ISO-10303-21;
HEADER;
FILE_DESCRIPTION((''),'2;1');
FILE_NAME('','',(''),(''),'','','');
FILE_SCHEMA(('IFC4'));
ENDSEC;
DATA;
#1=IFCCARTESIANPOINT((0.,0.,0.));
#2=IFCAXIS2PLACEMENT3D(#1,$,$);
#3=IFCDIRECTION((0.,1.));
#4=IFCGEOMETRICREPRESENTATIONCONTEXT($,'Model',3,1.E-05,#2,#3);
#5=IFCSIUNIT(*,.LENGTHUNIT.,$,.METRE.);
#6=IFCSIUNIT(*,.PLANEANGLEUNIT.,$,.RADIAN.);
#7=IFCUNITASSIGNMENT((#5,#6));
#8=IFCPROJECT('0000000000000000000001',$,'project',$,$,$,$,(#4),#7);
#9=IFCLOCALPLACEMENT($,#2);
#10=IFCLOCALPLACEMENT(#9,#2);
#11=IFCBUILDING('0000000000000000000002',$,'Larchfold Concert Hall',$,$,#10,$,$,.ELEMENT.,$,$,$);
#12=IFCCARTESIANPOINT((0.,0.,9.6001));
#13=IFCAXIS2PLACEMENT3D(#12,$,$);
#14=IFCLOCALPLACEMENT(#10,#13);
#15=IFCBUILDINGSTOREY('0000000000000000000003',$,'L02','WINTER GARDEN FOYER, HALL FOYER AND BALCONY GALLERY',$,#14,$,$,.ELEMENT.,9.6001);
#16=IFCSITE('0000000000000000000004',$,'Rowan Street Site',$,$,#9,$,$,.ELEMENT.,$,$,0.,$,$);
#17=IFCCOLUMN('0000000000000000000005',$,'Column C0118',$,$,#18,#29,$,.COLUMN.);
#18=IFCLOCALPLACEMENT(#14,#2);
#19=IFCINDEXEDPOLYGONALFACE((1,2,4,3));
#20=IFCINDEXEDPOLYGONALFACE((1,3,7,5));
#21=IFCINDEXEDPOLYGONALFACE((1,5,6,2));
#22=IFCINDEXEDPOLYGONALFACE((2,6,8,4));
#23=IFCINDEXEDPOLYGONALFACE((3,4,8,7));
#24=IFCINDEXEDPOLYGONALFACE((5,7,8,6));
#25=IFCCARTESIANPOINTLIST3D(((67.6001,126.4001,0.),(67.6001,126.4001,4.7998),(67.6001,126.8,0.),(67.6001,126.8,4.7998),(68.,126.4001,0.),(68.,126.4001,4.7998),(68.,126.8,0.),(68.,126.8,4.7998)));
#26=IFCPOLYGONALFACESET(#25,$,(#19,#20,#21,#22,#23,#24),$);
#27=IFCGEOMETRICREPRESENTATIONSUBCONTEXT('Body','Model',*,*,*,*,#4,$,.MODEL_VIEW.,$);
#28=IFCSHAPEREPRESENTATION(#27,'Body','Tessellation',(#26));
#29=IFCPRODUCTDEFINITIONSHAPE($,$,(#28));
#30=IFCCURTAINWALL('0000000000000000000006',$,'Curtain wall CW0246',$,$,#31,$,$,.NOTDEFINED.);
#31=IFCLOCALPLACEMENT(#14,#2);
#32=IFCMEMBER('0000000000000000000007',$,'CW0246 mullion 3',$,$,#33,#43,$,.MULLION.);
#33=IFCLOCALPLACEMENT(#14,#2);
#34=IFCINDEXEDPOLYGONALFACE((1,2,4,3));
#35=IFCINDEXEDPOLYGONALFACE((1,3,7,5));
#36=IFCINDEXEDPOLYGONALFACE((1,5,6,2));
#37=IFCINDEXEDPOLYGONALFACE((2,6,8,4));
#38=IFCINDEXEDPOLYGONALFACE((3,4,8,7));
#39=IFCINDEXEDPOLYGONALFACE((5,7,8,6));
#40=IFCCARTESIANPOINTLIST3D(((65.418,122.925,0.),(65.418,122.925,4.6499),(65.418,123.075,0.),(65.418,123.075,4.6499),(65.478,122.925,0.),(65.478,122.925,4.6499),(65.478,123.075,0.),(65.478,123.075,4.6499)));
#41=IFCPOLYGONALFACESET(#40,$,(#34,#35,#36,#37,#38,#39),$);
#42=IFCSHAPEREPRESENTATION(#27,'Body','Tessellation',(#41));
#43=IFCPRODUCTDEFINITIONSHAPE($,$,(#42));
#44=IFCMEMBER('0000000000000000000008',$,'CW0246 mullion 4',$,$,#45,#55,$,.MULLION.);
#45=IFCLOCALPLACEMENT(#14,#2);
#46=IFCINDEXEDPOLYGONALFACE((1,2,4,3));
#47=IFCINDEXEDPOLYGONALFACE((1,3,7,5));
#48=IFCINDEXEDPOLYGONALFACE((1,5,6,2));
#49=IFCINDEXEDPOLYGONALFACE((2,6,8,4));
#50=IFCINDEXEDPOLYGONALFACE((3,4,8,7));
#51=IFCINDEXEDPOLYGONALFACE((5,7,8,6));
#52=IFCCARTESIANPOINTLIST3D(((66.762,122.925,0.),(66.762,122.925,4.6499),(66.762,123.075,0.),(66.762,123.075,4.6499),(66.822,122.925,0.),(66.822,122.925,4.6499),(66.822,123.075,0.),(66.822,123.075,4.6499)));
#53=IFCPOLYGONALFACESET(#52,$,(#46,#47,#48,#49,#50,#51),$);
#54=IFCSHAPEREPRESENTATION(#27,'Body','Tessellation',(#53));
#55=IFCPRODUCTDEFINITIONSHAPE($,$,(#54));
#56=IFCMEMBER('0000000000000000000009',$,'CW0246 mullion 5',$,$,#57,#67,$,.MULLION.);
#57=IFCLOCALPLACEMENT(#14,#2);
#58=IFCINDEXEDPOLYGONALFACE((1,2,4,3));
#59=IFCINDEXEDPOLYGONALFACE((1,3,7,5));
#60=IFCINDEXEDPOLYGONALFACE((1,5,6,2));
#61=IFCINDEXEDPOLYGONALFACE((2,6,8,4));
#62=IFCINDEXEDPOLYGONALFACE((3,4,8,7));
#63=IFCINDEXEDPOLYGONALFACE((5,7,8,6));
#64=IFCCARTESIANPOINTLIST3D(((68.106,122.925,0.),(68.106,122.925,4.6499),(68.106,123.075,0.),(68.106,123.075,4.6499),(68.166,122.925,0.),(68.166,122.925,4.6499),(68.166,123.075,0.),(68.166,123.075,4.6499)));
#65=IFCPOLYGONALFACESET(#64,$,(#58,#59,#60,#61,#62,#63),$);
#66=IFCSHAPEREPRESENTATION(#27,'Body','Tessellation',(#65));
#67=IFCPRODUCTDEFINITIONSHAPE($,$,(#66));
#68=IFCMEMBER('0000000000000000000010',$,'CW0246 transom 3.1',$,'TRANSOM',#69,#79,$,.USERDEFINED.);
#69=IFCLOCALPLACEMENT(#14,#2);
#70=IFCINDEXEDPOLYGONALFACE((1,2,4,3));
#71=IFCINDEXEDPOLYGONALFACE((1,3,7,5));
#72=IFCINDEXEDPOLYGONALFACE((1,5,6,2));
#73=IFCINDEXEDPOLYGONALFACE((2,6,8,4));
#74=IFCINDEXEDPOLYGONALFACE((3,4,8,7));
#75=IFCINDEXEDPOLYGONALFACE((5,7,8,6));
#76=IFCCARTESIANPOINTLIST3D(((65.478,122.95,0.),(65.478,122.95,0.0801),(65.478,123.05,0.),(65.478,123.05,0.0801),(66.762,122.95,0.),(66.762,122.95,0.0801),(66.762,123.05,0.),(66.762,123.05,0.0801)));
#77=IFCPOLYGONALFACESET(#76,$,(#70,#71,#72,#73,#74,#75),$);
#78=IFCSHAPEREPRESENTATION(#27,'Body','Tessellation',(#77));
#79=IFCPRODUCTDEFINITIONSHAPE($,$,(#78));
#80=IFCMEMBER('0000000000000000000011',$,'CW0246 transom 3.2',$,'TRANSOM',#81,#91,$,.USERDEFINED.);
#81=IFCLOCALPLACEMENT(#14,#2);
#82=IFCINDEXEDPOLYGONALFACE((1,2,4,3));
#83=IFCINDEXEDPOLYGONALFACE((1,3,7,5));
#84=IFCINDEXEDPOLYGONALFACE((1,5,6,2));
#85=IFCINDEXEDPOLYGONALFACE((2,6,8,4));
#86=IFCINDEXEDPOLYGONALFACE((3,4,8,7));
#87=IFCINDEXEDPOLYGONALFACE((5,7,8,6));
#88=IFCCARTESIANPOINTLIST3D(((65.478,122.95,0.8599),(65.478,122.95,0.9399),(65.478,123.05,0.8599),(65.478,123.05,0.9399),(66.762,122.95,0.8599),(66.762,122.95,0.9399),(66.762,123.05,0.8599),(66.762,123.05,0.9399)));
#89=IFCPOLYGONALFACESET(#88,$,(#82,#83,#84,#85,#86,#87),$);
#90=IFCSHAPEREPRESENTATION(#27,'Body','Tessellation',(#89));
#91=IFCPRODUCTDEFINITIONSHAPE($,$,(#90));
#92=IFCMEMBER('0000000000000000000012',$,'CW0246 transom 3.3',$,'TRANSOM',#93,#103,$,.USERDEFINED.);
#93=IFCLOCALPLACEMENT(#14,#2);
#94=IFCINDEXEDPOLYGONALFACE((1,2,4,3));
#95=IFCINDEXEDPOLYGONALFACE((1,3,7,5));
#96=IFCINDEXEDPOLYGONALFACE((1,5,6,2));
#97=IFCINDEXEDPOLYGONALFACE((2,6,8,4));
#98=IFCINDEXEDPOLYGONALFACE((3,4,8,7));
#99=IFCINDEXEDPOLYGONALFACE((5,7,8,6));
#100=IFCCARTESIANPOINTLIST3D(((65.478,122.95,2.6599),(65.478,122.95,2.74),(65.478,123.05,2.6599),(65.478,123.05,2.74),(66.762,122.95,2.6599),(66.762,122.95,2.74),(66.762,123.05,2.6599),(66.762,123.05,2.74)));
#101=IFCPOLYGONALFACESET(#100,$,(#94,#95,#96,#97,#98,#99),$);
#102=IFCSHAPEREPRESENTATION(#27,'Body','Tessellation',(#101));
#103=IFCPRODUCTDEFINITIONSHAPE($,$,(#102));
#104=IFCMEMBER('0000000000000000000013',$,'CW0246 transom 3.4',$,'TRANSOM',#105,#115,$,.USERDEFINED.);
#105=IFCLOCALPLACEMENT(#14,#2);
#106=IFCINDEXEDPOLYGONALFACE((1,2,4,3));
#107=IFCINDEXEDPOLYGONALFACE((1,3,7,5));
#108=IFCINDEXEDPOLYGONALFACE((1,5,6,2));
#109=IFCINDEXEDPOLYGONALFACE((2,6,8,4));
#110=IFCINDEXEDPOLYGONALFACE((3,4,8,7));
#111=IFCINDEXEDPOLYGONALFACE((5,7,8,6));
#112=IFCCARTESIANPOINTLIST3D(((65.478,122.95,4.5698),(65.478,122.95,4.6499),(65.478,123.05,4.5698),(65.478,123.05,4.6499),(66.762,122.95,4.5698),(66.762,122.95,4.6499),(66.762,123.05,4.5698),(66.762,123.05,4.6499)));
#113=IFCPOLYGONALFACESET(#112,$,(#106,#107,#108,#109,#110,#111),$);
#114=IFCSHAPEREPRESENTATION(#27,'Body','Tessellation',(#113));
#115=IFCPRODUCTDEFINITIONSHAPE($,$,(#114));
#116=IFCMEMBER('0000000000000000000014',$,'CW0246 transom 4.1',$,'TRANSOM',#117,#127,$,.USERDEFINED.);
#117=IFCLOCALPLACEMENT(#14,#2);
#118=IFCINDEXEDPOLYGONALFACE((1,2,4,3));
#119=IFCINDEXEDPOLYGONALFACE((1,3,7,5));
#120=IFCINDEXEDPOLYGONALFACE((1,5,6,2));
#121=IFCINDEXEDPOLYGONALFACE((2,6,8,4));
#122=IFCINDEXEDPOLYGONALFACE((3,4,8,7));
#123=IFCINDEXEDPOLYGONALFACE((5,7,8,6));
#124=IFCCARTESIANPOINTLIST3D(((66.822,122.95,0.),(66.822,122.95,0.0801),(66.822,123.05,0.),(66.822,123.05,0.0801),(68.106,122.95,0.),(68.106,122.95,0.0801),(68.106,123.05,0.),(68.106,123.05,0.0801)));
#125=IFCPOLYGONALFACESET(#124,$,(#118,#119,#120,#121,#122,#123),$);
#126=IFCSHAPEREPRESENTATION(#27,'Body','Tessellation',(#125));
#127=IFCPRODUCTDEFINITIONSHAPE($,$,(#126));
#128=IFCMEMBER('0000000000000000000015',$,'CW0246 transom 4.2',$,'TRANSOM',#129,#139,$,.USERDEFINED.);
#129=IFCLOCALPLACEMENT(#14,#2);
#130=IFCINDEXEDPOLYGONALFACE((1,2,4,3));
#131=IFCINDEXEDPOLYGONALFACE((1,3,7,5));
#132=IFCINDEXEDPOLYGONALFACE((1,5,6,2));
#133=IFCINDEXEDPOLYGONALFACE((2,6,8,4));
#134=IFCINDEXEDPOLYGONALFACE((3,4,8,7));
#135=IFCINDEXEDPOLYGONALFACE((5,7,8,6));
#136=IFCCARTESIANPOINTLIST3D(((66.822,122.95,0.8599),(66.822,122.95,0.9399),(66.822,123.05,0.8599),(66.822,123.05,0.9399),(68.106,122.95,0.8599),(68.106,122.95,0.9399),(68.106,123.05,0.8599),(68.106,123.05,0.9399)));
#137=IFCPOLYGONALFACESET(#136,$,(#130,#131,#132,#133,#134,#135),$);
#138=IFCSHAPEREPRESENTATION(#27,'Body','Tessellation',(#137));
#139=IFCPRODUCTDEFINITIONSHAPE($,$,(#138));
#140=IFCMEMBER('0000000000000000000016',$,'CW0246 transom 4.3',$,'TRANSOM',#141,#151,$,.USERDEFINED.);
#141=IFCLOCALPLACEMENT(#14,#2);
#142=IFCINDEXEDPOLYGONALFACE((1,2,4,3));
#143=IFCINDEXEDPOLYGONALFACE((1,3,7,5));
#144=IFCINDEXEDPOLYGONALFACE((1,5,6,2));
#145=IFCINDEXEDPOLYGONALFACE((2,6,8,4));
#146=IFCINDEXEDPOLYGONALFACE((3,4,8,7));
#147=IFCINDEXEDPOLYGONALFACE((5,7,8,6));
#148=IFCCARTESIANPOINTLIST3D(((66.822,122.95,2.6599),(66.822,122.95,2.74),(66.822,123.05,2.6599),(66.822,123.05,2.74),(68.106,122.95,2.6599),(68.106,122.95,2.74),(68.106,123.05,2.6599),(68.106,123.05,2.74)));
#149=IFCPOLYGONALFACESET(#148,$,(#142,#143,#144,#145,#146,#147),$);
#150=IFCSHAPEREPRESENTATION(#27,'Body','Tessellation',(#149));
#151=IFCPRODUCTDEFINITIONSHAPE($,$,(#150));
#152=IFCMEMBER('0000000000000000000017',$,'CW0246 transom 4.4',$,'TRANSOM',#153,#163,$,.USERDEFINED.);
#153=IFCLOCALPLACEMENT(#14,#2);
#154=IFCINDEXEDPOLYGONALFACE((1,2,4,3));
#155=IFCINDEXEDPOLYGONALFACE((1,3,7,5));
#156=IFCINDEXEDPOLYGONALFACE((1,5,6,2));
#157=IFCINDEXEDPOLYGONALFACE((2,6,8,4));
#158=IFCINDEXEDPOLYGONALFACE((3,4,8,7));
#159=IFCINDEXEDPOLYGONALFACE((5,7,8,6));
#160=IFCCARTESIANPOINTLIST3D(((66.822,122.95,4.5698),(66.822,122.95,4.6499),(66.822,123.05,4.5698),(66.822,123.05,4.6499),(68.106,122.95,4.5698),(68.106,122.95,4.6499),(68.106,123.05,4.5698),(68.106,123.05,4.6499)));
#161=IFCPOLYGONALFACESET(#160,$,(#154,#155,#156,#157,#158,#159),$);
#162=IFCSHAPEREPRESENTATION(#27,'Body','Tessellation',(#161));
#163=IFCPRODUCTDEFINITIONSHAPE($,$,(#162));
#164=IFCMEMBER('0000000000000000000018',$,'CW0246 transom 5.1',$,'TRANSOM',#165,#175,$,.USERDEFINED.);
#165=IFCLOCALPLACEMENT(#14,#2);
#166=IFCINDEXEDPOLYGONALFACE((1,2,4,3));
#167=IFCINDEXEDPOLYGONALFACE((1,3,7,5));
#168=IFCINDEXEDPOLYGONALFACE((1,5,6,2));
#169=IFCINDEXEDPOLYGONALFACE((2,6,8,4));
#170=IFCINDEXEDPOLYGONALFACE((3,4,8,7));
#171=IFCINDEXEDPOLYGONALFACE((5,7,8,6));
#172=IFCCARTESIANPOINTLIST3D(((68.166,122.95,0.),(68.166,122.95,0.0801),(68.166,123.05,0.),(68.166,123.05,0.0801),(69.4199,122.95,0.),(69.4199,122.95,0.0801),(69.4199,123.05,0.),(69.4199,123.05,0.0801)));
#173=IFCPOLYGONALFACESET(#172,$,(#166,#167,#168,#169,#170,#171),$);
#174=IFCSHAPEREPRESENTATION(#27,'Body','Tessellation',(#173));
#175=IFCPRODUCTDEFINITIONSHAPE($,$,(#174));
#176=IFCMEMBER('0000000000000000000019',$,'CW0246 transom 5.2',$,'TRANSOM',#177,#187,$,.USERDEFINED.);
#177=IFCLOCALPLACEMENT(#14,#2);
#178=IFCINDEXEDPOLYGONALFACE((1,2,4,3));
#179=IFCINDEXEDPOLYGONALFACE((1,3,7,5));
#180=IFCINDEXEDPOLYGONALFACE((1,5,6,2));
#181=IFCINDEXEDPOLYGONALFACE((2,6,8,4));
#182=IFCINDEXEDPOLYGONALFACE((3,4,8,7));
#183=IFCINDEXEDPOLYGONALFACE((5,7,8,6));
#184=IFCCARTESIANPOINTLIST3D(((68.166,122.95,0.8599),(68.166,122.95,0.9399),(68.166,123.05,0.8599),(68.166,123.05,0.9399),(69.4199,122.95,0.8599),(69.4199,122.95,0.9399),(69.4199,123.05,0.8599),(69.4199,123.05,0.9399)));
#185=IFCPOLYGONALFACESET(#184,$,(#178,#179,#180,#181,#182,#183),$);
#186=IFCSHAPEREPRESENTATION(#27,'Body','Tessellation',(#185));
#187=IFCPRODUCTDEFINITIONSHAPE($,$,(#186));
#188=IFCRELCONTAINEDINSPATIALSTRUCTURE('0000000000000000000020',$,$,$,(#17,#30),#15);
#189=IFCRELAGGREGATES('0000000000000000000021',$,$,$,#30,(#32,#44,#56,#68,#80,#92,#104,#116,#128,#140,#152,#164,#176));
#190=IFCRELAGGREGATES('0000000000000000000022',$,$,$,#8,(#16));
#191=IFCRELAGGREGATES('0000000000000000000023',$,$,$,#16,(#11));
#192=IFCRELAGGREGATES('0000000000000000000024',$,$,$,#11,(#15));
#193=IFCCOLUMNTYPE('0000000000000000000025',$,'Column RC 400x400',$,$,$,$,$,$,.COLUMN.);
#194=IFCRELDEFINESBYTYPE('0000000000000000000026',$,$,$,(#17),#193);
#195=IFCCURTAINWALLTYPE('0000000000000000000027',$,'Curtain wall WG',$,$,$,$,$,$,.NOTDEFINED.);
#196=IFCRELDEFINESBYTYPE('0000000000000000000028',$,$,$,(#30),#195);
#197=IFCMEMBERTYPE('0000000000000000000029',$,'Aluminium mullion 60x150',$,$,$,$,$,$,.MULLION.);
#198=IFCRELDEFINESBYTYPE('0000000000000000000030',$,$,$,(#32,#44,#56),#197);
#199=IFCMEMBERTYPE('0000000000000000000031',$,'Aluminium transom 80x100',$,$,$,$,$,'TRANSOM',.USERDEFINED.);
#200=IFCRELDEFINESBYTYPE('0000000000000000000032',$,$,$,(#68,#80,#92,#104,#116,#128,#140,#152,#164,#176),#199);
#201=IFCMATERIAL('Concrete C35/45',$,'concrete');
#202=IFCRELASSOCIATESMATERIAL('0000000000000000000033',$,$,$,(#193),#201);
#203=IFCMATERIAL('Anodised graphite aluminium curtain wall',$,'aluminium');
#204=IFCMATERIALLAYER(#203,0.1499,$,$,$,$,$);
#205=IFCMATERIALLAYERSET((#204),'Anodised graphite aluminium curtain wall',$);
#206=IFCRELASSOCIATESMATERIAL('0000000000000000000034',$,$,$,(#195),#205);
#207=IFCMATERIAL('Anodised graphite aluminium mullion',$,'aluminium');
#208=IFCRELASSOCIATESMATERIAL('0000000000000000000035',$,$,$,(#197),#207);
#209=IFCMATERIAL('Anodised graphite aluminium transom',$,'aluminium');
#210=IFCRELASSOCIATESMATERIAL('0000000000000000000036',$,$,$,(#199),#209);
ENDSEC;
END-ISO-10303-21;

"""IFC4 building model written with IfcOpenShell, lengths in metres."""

from ifc_helpers import new_model, si_unit, direction, frame, origin, origin_2d, place, context, subcontext, project, spatial, rectangle, extrude, material, layer, layer_set, material_profile, profile_set, type_object, element, aggregate, save


model = new_model("IFC4")

# Units and contexts
model_context = context("Model", 3, precision=1e-05, world=origin(), true_north=direction((0.0, 1.0)))
body_context = subcontext(model_context, "Body", "Model", "MODEL_VIEW")
ifc_project = project(units=[si_unit("LENGTHUNIT", "METRE"), si_unit("PLANEANGLEUNIT", "RADIAN")], contexts=[model_context])

# Site, building, storey
site_placement = place(None, origin())
site = spatial("IfcSite", under=ifc_project, at=site_placement, Name="Rowan Street Site", CompositionType="ELEMENT", RefElevation=0.0)
building_placement = place(site_placement, origin())
building = spatial("IfcBuilding", under=site, at=building_placement, Name="Larchfold Concert Hall", CompositionType="ELEMENT")
storey_placement = place(building_placement, frame((0.0, 0.0, 9.6001)))
storey = spatial("IfcBuildingStorey", under=building, at=storey_placement, Name="L02", Description="WINTER GARDEN FOYER, HALL FOYER AND BALCONY GALLERY", CompositionType="ELEMENT", Elevation=9.6001)

# Column
ifc_material_1 = material(Name="Concrete C35/45", Category="concrete")
ifc_material_profile_1 = material_profile(ifc_material_1, rectangle(XDim=0.3999, YDim=0.3999, at=origin_2d()))
ifc_profile_set_1 = profile_set([ifc_material_profile_1], Name="Concrete C35/45")
column_type = type_object("IfcColumnType", Name="Column RC 400x400", PredefinedType="COLUMN", material=ifc_profile_set_1)
column_placement = place(storey_placement, frame((67.8, 126.6001, 0.0), z_axis=(0.0, 0.0, 1.0), x_axis=(1.0, 0.0, 0.0)))
element("IfcColumn", 1, at=column_placement, inside=storey, type_object=column_type, Name="Column C0118", PredefinedType="COLUMN", context=body_context, shape_type="SweptSolid", body=[
    extrude(rectangle(XDim=0.3999, YDim=0.3999, at=origin_2d()), origin(), (0.0, 0.0, 1.0), 4.7998),
])

# Curtain wall, members
ifc_material_2 = material(Name="Anodised graphite aluminium curtain wall", Category="aluminium")
ifc_layer_1 = layer(ifc_material_2, 0.1499)
ifc_layer_set_1 = layer_set([ifc_layer_1], Name="Anodised graphite aluminium curtain wall")
curtain_wall_type = type_object("IfcCurtainWallType", Name="Curtain wall WG", PredefinedType="NOTDEFINED", material=ifc_layer_set_1)
curtain_wall_placement = place(storey_placement, origin())
curtain_wall = element("IfcCurtainWall", 2, at=curtain_wall_placement, inside=storey, type_object=curtain_wall_type, Name="Curtain wall CW0246", PredefinedType="NOTDEFINED")
ifc_material_3 = material(Name="Anodised graphite aluminium mullion", Category="aluminium")
ifc_material_profile_2 = material_profile(ifc_material_3, rectangle(XDim=0.1499, YDim=0.0601, at=origin_2d()))
ifc_profile_set_2 = profile_set([ifc_material_profile_2], Name="Anodised graphite aluminium mullion")
member_type_1 = type_object("IfcMemberType", Name="Aluminium mullion 60x150", PredefinedType="MULLION", material=ifc_profile_set_2)
member_1_placement = place(storey_placement, frame((65.448, 123.0, 0.0), z_axis=(0.0, 0.0, 1.0), x_axis=(0.0, 1.0, 0.0)))
member_1 = element("IfcMember", 3, at=member_1_placement, type_object=member_type_1, Name="CW0246 mullion 3", PredefinedType="MULLION", context=body_context, shape_type="SweptSolid", body=[
    extrude(rectangle(XDim=0.1499, YDim=0.0601, at=origin_2d()), origin(), (0.0, 0.0, 1.0), 4.6499),
])
member_2_placement = place(storey_placement, frame((66.792, 123.0, 0.0), z_axis=(0.0, 0.0, 1.0), x_axis=(0.0, 1.0, 0.0)))
member_2 = element("IfcMember", 4, at=member_2_placement, type_object=member_type_1, Name="CW0246 mullion 4", PredefinedType="MULLION", context=body_context, shape_type="SweptSolid", body=[
    extrude(rectangle(XDim=0.1499, YDim=0.0601, at=origin_2d()), origin(), (0.0, 0.0, 1.0), 4.6499),
])
member_3_placement = place(storey_placement, frame((68.136, 123.0, 0.0), z_axis=(0.0, 0.0, 1.0), x_axis=(0.0, 1.0, 0.0)))
member_3 = element("IfcMember", 5, at=member_3_placement, type_object=member_type_1, Name="CW0246 mullion 5", PredefinedType="MULLION", context=body_context, shape_type="SweptSolid", body=[
    extrude(rectangle(XDim=0.1499, YDim=0.0601, at=origin_2d()), origin(), (0.0, 0.0, 1.0), 4.6499),
])
ifc_material_4 = material(Name="Anodised graphite aluminium transom", Category="aluminium")
ifc_material_profile_3 = material_profile(ifc_material_4, rectangle(XDim=0.1001, YDim=0.0801, at=origin_2d()))
ifc_profile_set_3 = profile_set([ifc_material_profile_3], Name="Anodised graphite aluminium transom")
member_type_2 = type_object("IfcMemberType", Name="Aluminium transom 80x100", ElementType="TRANSOM", PredefinedType="USERDEFINED", material=ifc_profile_set_3)
member_4_placement = place(storey_placement, frame((65.478, 123.0, 0.04), z_axis=(1.0, 0.0, 0.0), x_axis=(0.0, 1.0, 0.0)))
member_4 = element("IfcMember", 6, at=member_4_placement, type_object=member_type_2, Name="CW0246 transom 3.1", ObjectType="TRANSOM", PredefinedType="USERDEFINED", context=body_context, shape_type="SweptSolid", body=[
    extrude(rectangle(XDim=0.1001, YDim=0.0801, at=origin_2d()), origin(), (0.0, 0.0, 1.0), 1.2839),
])
member_5_placement = place(storey_placement, frame((65.478, 123.0, 0.8999), z_axis=(1.0, 0.0, 0.0), x_axis=(0.0, 1.0, 0.0)))
member_5 = element("IfcMember", 7, at=member_5_placement, type_object=member_type_2, Name="CW0246 transom 3.2", ObjectType="TRANSOM", PredefinedType="USERDEFINED", context=body_context, shape_type="SweptSolid", body=[
    extrude(rectangle(XDim=0.1001, YDim=0.0801, at=origin_2d()), origin(), (0.0, 0.0, 1.0), 1.2839),
])
member_6_placement = place(storey_placement, frame((65.478, 123.0, 2.7), z_axis=(1.0, 0.0, 0.0), x_axis=(0.0, 1.0, 0.0)))
member_6 = element("IfcMember", 8, at=member_6_placement, type_object=member_type_2, Name="CW0246 transom 3.3", ObjectType="TRANSOM", PredefinedType="USERDEFINED", context=body_context, shape_type="SweptSolid", body=[
    extrude(rectangle(XDim=0.1001, YDim=0.0801, at=origin_2d()), origin(), (0.0, 0.0, 1.0), 1.2839),
])
member_7_placement = place(storey_placement, frame((65.478, 123.0, 4.6099), z_axis=(1.0, 0.0, 0.0), x_axis=(0.0, 1.0, 0.0)))
member_7 = element("IfcMember", 9, at=member_7_placement, type_object=member_type_2, Name="CW0246 transom 3.4", ObjectType="TRANSOM", PredefinedType="USERDEFINED", context=body_context, shape_type="SweptSolid", body=[
    extrude(rectangle(XDim=0.1001, YDim=0.0801, at=origin_2d()), origin(), (0.0, 0.0, 1.0), 1.2839),
])
member_8_placement = place(storey_placement, frame((66.822, 123.0, 0.04), z_axis=(1.0, 0.0, 0.0), x_axis=(0.0, 1.0, 0.0)))
member_8 = element("IfcMember", 10, at=member_8_placement, type_object=member_type_2, Name="CW0246 transom 4.1", ObjectType="TRANSOM", PredefinedType="USERDEFINED", context=body_context, shape_type="SweptSolid", body=[
    extrude(rectangle(XDim=0.1001, YDim=0.0801, at=origin_2d()), origin(), (0.0, 0.0, 1.0), 1.2839),
])
member_9_placement = place(storey_placement, frame((66.822, 123.0, 0.8999), z_axis=(1.0, 0.0, 0.0), x_axis=(0.0, 1.0, 0.0)))
member_9 = element("IfcMember", 11, at=member_9_placement, type_object=member_type_2, Name="CW0246 transom 4.2", ObjectType="TRANSOM", PredefinedType="USERDEFINED", context=body_context, shape_type="SweptSolid", body=[
    extrude(rectangle(XDim=0.1001, YDim=0.0801, at=origin_2d()), origin(), (0.0, 0.0, 1.0), 1.2839),
])
member_10_placement = place(storey_placement, frame((66.822, 123.0, 2.7), z_axis=(1.0, 0.0, 0.0), x_axis=(0.0, 1.0, 0.0)))
member_10 = element("IfcMember", 12, at=member_10_placement, type_object=member_type_2, Name="CW0246 transom 4.3", ObjectType="TRANSOM", PredefinedType="USERDEFINED", context=body_context, shape_type="SweptSolid", body=[
    extrude(rectangle(XDim=0.1001, YDim=0.0801, at=origin_2d()), origin(), (0.0, 0.0, 1.0), 1.2839),
])
member_11_placement = place(storey_placement, frame((66.822, 123.0, 4.6099), z_axis=(1.0, 0.0, 0.0), x_axis=(0.0, 1.0, 0.0)))
member_11 = element("IfcMember", 13, at=member_11_placement, type_object=member_type_2, Name="CW0246 transom 4.4", ObjectType="TRANSOM", PredefinedType="USERDEFINED", context=body_context, shape_type="SweptSolid", body=[
    extrude(rectangle(XDim=0.1001, YDim=0.0801, at=origin_2d()), origin(), (0.0, 0.0, 1.0), 1.2839),
])
member_12_placement = place(storey_placement, frame((68.166, 123.0, 0.04), z_axis=(1.0, 0.0, 0.0), x_axis=(0.0, 1.0, 0.0)))
member_12 = element("IfcMember", 14, at=member_12_placement, type_object=member_type_2, Name="CW0246 transom 5.1", ObjectType="TRANSOM", PredefinedType="USERDEFINED", context=body_context, shape_type="SweptSolid", body=[
    extrude(rectangle(XDim=0.1001, YDim=0.0801, at=origin_2d()), origin(), (0.0, 0.0, 1.0), 1.2539),
])
member_13_placement = place(storey_placement, frame((68.166, 123.0, 0.8999), z_axis=(1.0, 0.0, 0.0), x_axis=(0.0, 1.0, 0.0)))
member_13 = element("IfcMember", 15, at=member_13_placement, type_object=member_type_2, Name="CW0246 transom 5.2", ObjectType="TRANSOM", PredefinedType="USERDEFINED", context=body_context, shape_type="SweptSolid", body=[
    extrude(rectangle(XDim=0.1001, YDim=0.0801, at=origin_2d()), origin(), (0.0, 0.0, 1.0), 1.2539),
])

aggregate(curtain_wall, [member_1, member_2, member_3, member_4, member_5, member_6, member_7, member_8, member_9, member_10, member_11, member_12, member_13])

save(model, "model.ifc")
